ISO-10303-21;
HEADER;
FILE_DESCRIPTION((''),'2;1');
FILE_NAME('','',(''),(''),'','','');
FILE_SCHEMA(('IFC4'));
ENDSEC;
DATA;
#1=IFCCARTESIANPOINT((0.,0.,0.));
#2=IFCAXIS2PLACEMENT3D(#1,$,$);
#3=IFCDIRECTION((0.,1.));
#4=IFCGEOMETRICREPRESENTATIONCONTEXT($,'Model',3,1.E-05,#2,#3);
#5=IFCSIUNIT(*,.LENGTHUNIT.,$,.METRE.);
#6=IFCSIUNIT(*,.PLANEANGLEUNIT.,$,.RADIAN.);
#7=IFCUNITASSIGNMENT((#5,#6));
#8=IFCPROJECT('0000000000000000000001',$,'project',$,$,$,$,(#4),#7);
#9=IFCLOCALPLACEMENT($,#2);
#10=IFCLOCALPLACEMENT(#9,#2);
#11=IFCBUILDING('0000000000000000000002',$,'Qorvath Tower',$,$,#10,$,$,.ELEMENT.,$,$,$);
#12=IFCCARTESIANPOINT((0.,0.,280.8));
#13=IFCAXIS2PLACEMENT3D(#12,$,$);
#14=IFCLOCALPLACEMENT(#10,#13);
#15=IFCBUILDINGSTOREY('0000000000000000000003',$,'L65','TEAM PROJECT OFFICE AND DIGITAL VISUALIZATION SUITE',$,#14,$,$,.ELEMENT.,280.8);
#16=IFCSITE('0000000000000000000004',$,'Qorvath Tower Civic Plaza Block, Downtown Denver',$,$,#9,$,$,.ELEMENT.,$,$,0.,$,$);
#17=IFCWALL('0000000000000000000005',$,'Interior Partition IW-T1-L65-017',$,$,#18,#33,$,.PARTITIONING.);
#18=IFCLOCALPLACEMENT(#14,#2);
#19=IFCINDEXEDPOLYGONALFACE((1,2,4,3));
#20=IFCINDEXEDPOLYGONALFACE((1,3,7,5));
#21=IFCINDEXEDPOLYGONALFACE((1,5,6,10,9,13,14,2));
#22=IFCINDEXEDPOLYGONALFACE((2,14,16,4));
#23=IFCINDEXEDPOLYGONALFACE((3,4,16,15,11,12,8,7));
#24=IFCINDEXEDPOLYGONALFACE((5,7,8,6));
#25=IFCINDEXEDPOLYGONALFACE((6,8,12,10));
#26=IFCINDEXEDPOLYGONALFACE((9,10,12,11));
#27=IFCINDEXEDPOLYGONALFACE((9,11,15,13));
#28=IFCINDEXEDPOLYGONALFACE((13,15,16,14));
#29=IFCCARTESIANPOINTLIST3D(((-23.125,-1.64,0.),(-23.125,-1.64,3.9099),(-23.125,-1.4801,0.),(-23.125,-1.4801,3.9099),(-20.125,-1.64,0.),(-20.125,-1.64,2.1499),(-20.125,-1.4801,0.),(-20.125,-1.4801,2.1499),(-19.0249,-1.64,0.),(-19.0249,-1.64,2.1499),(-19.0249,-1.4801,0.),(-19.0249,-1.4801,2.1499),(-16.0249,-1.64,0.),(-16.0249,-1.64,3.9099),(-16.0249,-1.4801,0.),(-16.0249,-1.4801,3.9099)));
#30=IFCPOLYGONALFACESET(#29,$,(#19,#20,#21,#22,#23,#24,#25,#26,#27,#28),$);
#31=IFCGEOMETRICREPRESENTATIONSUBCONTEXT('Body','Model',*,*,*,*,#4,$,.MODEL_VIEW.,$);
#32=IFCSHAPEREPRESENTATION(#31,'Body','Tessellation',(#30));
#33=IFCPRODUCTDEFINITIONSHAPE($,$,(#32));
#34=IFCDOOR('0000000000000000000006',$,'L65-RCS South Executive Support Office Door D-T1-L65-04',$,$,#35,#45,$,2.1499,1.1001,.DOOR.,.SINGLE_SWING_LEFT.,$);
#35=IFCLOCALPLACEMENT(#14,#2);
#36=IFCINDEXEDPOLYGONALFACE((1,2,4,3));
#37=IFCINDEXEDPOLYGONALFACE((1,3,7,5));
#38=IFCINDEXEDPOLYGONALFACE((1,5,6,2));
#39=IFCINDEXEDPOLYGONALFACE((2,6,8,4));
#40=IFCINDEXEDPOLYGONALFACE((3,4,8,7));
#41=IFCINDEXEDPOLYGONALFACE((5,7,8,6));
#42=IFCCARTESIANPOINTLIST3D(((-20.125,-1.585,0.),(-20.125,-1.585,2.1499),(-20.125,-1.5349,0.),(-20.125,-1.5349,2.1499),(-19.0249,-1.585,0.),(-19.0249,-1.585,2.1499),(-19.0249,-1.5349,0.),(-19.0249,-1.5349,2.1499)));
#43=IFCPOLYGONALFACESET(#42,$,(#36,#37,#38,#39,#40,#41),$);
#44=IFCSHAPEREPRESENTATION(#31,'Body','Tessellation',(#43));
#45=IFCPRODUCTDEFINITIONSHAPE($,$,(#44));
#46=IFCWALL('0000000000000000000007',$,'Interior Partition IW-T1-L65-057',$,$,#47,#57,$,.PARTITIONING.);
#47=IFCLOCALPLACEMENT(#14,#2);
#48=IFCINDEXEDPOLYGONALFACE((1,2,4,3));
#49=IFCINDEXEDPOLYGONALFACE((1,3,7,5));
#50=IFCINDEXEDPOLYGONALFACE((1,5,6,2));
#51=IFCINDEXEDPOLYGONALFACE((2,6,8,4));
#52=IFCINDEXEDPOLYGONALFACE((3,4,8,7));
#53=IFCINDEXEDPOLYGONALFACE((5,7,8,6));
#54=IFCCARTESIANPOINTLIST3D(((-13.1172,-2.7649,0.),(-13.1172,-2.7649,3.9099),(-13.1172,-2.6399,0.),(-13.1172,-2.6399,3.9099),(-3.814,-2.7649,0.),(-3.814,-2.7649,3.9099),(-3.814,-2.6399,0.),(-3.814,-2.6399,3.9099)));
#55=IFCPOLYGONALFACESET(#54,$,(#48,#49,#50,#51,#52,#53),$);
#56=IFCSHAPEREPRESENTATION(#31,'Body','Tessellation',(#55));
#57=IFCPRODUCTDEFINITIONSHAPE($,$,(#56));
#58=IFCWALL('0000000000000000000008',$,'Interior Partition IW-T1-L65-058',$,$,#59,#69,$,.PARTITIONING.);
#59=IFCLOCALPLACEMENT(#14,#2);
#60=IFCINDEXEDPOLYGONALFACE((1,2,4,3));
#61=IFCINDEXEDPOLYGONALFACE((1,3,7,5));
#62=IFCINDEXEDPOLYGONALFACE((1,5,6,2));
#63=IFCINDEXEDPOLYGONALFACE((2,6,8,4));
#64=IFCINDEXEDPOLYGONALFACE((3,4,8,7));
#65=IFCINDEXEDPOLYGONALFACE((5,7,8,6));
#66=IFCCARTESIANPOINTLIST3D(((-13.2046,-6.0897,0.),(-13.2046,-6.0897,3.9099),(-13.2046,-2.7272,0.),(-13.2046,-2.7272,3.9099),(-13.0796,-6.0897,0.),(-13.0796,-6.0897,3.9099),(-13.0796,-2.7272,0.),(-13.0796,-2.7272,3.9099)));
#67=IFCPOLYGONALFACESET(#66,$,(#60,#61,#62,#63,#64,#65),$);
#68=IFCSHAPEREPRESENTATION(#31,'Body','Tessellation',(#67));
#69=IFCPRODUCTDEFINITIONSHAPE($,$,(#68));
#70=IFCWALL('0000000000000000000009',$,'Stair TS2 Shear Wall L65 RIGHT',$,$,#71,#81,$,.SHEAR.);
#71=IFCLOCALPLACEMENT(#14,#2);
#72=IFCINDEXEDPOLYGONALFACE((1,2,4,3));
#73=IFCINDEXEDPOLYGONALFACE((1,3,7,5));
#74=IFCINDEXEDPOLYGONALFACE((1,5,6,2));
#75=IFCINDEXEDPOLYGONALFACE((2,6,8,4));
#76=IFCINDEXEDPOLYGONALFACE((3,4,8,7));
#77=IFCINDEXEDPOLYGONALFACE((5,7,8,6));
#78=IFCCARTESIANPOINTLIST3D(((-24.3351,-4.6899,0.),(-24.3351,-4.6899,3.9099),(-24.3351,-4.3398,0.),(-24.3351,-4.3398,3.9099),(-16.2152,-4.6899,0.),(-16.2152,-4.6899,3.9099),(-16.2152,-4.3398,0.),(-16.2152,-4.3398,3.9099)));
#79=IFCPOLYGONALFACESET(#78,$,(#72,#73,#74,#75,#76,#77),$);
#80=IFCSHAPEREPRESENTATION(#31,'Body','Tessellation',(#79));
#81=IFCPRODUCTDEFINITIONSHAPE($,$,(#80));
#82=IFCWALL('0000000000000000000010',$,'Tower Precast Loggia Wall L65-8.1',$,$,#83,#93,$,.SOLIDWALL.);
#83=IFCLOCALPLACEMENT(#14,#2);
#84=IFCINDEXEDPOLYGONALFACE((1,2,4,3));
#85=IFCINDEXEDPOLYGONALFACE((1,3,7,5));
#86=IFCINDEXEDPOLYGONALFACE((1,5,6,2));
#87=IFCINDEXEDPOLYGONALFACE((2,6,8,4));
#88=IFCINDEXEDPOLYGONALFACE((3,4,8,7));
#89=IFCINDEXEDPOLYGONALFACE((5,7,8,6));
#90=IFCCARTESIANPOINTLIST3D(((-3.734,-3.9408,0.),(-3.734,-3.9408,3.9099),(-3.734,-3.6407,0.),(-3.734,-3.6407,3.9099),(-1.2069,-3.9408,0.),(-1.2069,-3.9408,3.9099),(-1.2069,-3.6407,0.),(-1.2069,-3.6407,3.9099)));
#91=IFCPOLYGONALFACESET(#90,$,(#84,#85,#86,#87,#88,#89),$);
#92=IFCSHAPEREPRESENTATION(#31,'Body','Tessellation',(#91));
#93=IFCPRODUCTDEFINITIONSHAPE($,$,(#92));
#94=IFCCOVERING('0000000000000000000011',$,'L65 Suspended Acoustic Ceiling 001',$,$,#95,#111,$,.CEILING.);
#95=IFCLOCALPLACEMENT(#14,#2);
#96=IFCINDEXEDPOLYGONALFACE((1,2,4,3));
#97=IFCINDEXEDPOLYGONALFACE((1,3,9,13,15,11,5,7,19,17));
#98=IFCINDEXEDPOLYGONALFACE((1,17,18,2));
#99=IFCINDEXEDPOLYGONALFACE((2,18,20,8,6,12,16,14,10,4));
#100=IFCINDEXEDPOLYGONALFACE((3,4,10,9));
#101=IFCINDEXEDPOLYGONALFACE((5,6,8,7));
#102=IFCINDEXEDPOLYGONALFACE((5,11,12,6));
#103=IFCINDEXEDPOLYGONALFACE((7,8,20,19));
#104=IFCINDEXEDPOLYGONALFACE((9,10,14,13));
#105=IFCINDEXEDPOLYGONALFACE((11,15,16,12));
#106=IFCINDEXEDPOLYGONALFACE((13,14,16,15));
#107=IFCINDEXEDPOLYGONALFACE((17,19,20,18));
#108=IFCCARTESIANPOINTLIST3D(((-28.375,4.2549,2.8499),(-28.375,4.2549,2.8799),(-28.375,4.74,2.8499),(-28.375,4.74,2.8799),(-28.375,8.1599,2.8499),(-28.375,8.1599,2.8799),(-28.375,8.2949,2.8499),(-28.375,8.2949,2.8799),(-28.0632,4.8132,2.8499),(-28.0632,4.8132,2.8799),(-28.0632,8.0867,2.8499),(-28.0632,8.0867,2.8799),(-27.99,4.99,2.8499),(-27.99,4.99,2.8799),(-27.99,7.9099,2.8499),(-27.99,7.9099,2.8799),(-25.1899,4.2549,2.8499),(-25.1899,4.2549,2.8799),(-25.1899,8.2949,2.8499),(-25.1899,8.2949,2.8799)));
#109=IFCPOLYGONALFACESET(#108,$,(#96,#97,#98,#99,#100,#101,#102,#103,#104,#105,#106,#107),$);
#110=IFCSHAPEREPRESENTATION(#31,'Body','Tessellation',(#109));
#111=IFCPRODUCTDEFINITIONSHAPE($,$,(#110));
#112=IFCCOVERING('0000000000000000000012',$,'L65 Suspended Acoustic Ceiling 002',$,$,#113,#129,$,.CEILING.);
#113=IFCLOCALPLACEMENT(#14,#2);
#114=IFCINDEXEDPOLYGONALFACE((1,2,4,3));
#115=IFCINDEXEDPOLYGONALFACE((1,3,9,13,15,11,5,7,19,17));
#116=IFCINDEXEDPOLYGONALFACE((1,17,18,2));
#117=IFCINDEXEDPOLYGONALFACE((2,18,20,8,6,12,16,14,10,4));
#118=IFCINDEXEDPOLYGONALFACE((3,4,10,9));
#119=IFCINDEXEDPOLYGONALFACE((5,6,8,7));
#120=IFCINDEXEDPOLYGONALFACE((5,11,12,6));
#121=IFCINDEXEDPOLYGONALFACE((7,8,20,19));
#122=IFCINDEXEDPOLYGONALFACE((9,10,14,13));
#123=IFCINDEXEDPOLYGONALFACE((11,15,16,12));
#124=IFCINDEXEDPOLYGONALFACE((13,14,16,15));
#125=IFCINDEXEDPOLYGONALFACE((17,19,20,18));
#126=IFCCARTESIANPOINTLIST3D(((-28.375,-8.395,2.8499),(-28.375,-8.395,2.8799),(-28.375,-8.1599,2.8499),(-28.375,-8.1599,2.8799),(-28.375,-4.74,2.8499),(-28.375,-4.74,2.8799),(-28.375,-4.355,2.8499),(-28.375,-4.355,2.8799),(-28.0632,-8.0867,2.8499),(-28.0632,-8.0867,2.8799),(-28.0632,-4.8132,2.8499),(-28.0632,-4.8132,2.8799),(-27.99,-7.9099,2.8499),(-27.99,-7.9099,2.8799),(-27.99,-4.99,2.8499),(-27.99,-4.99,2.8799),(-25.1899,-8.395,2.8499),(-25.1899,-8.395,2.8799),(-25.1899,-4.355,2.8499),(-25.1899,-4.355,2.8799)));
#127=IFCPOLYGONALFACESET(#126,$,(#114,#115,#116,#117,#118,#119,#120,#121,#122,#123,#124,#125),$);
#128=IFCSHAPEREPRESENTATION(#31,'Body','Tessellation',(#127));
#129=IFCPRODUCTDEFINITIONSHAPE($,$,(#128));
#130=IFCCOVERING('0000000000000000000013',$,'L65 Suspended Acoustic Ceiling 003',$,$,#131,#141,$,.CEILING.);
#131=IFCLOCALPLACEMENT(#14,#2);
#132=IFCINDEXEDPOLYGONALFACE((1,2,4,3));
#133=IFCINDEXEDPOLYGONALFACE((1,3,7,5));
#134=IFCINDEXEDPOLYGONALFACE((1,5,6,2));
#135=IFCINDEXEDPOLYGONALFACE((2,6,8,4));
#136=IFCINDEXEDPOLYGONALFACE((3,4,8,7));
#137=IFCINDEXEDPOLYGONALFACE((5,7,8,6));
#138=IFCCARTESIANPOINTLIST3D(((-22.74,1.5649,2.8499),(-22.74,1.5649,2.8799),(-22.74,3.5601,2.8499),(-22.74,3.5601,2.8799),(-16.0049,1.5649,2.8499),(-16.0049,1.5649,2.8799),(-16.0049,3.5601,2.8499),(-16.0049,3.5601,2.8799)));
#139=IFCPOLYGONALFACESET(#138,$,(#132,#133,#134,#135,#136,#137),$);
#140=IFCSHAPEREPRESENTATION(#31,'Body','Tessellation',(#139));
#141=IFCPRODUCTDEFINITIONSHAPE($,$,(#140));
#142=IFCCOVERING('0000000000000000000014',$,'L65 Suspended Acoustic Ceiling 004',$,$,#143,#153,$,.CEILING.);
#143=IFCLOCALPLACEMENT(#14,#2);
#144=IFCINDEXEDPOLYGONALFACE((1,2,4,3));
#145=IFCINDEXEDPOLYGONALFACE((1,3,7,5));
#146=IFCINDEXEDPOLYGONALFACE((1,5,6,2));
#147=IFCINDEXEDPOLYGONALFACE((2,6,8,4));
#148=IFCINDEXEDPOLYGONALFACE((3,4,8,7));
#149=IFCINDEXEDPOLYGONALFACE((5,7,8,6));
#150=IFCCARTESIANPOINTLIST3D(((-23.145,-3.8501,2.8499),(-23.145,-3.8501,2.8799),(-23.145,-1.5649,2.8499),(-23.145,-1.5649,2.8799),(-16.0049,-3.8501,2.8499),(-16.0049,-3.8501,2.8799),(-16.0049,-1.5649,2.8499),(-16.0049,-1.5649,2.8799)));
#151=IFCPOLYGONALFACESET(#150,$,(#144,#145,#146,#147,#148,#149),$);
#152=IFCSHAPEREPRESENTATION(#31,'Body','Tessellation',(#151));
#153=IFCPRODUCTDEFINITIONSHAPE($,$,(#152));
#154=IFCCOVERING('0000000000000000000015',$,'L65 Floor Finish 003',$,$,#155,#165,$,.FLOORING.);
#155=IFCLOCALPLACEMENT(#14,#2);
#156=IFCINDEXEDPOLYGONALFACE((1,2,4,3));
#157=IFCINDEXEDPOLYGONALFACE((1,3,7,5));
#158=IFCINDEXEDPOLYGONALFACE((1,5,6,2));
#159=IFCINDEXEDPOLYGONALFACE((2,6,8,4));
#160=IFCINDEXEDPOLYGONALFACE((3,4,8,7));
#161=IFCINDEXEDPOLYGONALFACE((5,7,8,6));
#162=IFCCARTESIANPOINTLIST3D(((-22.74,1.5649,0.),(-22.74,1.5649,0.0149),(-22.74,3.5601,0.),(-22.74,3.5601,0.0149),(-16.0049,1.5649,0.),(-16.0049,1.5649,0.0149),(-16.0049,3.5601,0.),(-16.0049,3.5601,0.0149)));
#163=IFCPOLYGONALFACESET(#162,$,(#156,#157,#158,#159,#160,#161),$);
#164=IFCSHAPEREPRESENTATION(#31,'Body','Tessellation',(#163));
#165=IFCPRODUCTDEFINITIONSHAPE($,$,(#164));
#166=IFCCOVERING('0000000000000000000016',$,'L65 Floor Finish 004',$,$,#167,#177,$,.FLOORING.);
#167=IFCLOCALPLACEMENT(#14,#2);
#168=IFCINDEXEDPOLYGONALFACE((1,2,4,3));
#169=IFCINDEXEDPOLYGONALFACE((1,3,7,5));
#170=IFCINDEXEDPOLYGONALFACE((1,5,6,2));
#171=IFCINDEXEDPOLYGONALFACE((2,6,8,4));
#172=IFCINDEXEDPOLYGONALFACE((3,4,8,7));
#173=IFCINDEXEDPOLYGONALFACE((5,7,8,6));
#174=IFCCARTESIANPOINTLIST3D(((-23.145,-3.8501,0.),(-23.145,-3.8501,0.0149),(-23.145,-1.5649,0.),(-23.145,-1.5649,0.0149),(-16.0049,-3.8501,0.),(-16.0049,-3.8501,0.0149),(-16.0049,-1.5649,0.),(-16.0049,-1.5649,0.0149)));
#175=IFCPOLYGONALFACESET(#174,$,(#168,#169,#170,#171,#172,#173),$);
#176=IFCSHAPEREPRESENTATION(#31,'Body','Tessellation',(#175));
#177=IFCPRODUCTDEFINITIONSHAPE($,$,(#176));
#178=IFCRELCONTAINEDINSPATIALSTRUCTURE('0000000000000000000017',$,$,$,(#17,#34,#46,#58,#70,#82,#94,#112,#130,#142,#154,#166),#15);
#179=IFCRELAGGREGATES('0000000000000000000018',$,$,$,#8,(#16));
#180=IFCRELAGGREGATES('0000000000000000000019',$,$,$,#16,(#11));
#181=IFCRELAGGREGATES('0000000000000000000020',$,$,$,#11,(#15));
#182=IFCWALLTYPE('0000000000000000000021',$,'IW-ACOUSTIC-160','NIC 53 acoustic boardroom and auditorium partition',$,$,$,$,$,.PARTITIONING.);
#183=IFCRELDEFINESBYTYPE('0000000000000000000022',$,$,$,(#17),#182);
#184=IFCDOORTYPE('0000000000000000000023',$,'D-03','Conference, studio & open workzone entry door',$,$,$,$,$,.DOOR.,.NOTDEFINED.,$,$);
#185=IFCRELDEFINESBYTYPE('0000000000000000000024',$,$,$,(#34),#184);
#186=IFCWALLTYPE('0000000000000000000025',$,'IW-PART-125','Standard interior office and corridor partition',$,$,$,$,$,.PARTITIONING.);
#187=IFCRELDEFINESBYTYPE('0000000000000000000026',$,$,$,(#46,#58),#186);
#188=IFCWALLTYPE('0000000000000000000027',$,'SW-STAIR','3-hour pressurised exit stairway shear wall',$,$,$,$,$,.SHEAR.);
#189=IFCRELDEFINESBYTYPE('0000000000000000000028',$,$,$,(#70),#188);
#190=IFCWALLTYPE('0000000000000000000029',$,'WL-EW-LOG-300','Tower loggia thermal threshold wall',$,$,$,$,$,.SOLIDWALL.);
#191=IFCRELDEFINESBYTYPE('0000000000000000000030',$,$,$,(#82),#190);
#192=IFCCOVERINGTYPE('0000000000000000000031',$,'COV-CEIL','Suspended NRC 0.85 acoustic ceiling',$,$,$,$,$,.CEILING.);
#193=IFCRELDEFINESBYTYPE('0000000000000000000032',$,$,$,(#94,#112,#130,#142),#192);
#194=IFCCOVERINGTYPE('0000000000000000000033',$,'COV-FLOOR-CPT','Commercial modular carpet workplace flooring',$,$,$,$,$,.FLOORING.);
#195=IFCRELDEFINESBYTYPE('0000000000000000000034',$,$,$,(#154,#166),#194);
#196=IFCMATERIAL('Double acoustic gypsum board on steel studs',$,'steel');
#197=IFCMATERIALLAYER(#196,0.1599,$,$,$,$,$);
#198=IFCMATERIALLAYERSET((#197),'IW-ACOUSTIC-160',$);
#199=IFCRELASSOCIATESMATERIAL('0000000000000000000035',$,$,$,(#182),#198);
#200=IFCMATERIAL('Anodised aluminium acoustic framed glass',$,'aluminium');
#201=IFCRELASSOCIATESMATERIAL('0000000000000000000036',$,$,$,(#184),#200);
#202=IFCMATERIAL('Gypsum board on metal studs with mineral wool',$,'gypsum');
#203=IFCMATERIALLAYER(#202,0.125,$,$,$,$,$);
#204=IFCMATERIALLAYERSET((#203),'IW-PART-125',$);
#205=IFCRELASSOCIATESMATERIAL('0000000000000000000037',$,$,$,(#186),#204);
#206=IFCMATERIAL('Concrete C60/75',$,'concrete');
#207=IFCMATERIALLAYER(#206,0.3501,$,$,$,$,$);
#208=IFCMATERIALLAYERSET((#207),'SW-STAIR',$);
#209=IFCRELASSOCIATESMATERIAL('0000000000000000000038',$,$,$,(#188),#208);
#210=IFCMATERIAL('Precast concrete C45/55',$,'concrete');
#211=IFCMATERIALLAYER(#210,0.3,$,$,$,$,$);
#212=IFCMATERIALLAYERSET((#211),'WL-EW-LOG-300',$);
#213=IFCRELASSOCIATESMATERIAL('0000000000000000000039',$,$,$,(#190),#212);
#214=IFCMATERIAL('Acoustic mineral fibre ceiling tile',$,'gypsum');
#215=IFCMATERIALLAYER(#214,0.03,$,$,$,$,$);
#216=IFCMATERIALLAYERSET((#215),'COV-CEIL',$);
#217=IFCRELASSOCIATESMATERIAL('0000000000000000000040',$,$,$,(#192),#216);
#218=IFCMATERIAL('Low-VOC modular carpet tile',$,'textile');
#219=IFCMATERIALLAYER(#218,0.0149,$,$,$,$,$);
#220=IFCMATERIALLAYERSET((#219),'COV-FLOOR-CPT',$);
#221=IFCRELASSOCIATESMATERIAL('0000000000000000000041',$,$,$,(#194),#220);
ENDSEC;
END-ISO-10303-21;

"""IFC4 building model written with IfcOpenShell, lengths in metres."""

from ifc_helpers import new_model, si_unit, direction, frame, frame_2d, origin, place, context, subcontext, project, spatial, polyline, rectangle, outline, extrude, material, layer, layer_set, type_object, element, fill, save


model = new_model("IFC4")

# Units and contexts
model_context = context("Model", 3, precision=1e-05, world=origin(), true_north=direction((0.0, 1.0)))
body_context = subcontext(model_context, "Body", "Model", "MODEL_VIEW")
ifc_project = project(units=[si_unit("LENGTHUNIT", "METRE"), si_unit("PLANEANGLEUNIT", "RADIAN")], contexts=[model_context])

# Site, building, storey
site_placement = place(None, origin())
site = spatial("IfcSite", under=ifc_project, at=site_placement, Name="Qorvath Tower Civic Plaza Block, Downtown Denver", CompositionType="ELEMENT", RefElevation=0.0)
building_placement = place(site_placement, origin())
building = spatial("IfcBuilding", under=site, at=building_placement, Name="Qorvath Tower", CompositionType="ELEMENT")
storey_placement = place(building_placement, frame((0.0, 0.0, 280.8)))
storey = spatial("IfcBuildingStorey", under=building, at=storey_placement, Name="L65", Description="TEAM PROJECT OFFICE AND DIGITAL VISUALIZATION SUITE", CompositionType="ELEMENT", Elevation=280.8)

# Shared definitions
ifc_material_1 = material(Name="Double acoustic gypsum board on steel studs", Category="steel")
ifc_layer_1 = layer(ifc_material_1, 0.1599)
ifc_layer_set_1 = layer_set([ifc_layer_1], Name="IW-ACOUSTIC-160")
wall_type_1 = type_object("IfcWallType", Name="IW-ACOUSTIC-160", Description="NIC 53 acoustic boardroom and auditorium partition", PredefinedType="PARTITIONING", material=ifc_layer_set_1)

# Wall, opening, door
wall_1_placement = place(storey_placement, frame((-16.0249, -1.5601, 0.0), z_axis=(0.0, 0.0, 1.0), x_axis=(-1.0, 0.0, 0.0)))
wall_1 = element("IfcWall", 1, at=wall_1_placement, inside=storey, type_object=wall_type_1, Name="Interior Partition IW-T1-L65-017", PredefinedType="PARTITIONING", context=body_context, shape_type="SweptSolid", body=[
    extrude(rectangle(XDim=7.1001, YDim=0.1599, at=frame_2d((3.55, 0.0))), origin(), (0.0, 0.0, 1.0), 3.9099),
])
opening_placement = place(wall_1_placement, frame((3.0, 0.0, 0.0)))
opening = element("IfcOpeningElement", 2, at=opening_placement, cuts=wall_1, PredefinedType="OPENING", context=body_context, shape_type="SweptSolid", body=[
    extrude(rectangle(XDim=1.1001, YDim=2.1499, at=frame_2d((0.55, 1.075))), frame((0.0, 0.0898, 0.0), z_axis=(0.0, -1.0, 0.0), x_axis=(1.0, 0.0, 0.0)), (0.0, 0.0, 1.0), 0.1799),
])
ifc_material_2 = material(Name="Anodised aluminium acoustic framed glass", Category="aluminium")
door_type = type_object("IfcDoorType", Name="D-03", Description="Conference, studio & open workzone entry door", OperationType="NOTDEFINED", PredefinedType="DOOR", material=ifc_material_2)
door_placement = place(opening_placement, origin())
door = element("IfcDoor", 3, at=door_placement, inside=storey, type_object=door_type, Name="L65-RCS South Executive Support Office Door D-T1-L65-04", OperationType="SINGLE_SWING_LEFT", OverallHeight=2.1499, OverallWidth=1.1001, PredefinedType="DOOR", context=body_context, shape_type="SweptSolid", body=[
    extrude(rectangle(XDim=1.1001, YDim=2.1499, at=frame_2d((0.55, 1.075))), frame((0.0, 0.0249, 0.0), z_axis=(0.0, -1.0, 0.0), x_axis=(1.0, 0.0, 0.0)), (0.0, 0.0, 1.0), 0.05),
])
fill(opening, door)

# Walls
ifc_material_3 = material(Name="Gypsum board on metal studs with mineral wool", Category="gypsum")
ifc_layer_2 = layer(ifc_material_3, 0.125)
ifc_layer_set_2 = layer_set([ifc_layer_2], Name="IW-PART-125")
wall_type_2 = type_object("IfcWallType", Name="IW-PART-125", Description="Standard interior office and corridor partition", PredefinedType="PARTITIONING", material=ifc_layer_set_2)
wall_2_placement = place(storey_placement, frame((-3.814, -2.7024, 0.0), z_axis=(0.0, 0.0, 1.0), x_axis=(-1.0, 0.0, 0.0)))
element("IfcWall", 4, at=wall_2_placement, inside=storey, type_object=wall_type_2, Name="Interior Partition IW-T1-L65-057", PredefinedType="PARTITIONING", context=body_context, shape_type="SweptSolid", body=[
    extrude(rectangle(XDim=9.3032, YDim=0.125, at=frame_2d((4.6516, 0.0))), origin(), (0.0, 0.0, 1.0), 3.9099),
])
wall_3_placement = place(storey_placement, frame((-13.1421, -2.7273, 0.0), z_axis=(0.0, 0.0, 1.0), x_axis=(0.0, -1.0, 0.0)))
element("IfcWall", 5, at=wall_3_placement, inside=storey, type_object=wall_type_2, Name="Interior Partition IW-T1-L65-058", PredefinedType="PARTITIONING", context=body_context, shape_type="SweptSolid", body=[
    extrude(rectangle(XDim=3.3625, YDim=0.125, at=frame_2d((1.6812, 0.0))), origin(), (0.0, 0.0, 1.0), 3.9099),
])
ifc_material_4 = material(Name="Concrete C60/75", Category="concrete")
ifc_layer_3 = layer(ifc_material_4, 0.3501)
ifc_layer_set_3 = layer_set([ifc_layer_3], Name="SW-STAIR")
wall_type_3 = type_object("IfcWallType", Name="SW-STAIR", Description="3-hour pressurised exit stairway shear wall", PredefinedType="SHEAR", material=ifc_layer_set_3)
wall_4_placement = place(storey_placement, frame((-16.2151, -4.5149, 0.0), z_axis=(0.0, 0.0, 1.0), x_axis=(-1.0, 0.0, 0.0)))
element("IfcWall", 6, at=wall_4_placement, inside=storey, type_object=wall_type_3, Name="Stair TS2 Shear Wall L65 RIGHT", PredefinedType="SHEAR", context=body_context, shape_type="SweptSolid", body=[
    extrude(rectangle(XDim=8.1199, YDim=0.3501, at=frame_2d((4.0601, 0.0))), origin(), (0.0, 0.0, 1.0), 3.9099),
])
ifc_material_5 = material(Name="Precast concrete C45/55", Category="concrete")
ifc_layer_4 = layer(ifc_material_5, 0.3)
ifc_layer_set_4 = layer_set([ifc_layer_4], Name="WL-EW-LOG-300")
wall_type_4 = type_object("IfcWallType", Name="WL-EW-LOG-300", Description="Tower loggia thermal threshold wall", PredefinedType="SOLIDWALL", material=ifc_layer_set_4)
wall_5_placement = place(storey_placement, frame((-1.2068, -3.7908, 0.0), z_axis=(0.0, 0.0, 1.0), x_axis=(-1.0, 0.0, 0.0)))
element("IfcWall", 7, at=wall_5_placement, inside=storey, type_object=wall_type_4, Name="Tower Precast Loggia Wall L65-8.1", PredefinedType="SOLIDWALL", context=body_context, shape_type="SweptSolid", body=[
    extrude(rectangle(XDim=2.5271, YDim=0.3, at=frame_2d((1.2637, 0.0))), origin(), (0.0, 0.0, 1.0), 3.9099),
])

# Coverings
ifc_material_6 = material(Name="Acoustic mineral fibre ceiling tile", Category="gypsum")
ifc_layer_5 = layer(ifc_material_6, 0.03)
ifc_layer_set_5 = layer_set([ifc_layer_5], Name="COV-CEIL")
covering_type_1 = type_object("IfcCoveringType", Name="COV-CEIL", Description="Suspended NRC 0.85 acoustic ceiling", PredefinedType="CEILING", material=ifc_layer_set_5)
covering_1_placement = place(storey_placement, frame((0.0, 0.0, 2.8499)))
element("IfcCovering", 8, at=covering_1_placement, inside=storey, type_object=covering_type_1, Name="L65 Suspended Acoustic Ceiling 001", PredefinedType="CEILING", context=body_context, shape_type="SweptSolid", body=[
    extrude(outline(polyline([(-25.1899, 4.2549), (-25.1899, 8.2949), (-28.375, 8.2949), (-28.375, 8.1599), (-28.0632, 8.0867), (-27.99, 7.9099), (-27.99, 4.99), (-28.0632, 4.8132), (-28.375, 4.74), (-28.375, 4.2549), (-25.1899, 4.2549)])), origin(), (0.0, 0.0, 1.0), 0.03),
])
covering_2_placement = place(storey_placement, frame((0.0, 0.0, 2.8499)))
element("IfcCovering", 9, at=covering_2_placement, inside=storey, type_object=covering_type_1, Name="L65 Suspended Acoustic Ceiling 002", PredefinedType="CEILING", context=body_context, shape_type="SweptSolid", body=[
    extrude(outline(polyline([(-25.1899, -8.395), (-25.1899, -4.355), (-28.375, -4.355), (-28.375, -4.74), (-28.0632, -4.8132), (-27.99, -4.99), (-27.99, -7.9099), (-28.0632, -8.0867), (-28.375, -8.1599), (-28.375, -8.395), (-25.1899, -8.395)])), origin(), (0.0, 0.0, 1.0), 0.03),
])
covering_3_placement = place(storey_placement, frame((0.0, 0.0, 2.8499)))
element("IfcCovering", 10, at=covering_3_placement, inside=storey, type_object=covering_type_1, Name="L65 Suspended Acoustic Ceiling 003", PredefinedType="CEILING", context=body_context, shape_type="SweptSolid", body=[
    extrude(outline(polyline([(-16.0049, 3.5601), (-22.74, 3.5601), (-22.74, 1.5649), (-16.0049, 1.5649), (-16.0049, 3.5601)])), origin(), (0.0, 0.0, 1.0), 0.03),
])
covering_4_placement = place(storey_placement, frame((0.0, 0.0, 2.8499)))
element("IfcCovering", 11, at=covering_4_placement, inside=storey, type_object=covering_type_1, Name="L65 Suspended Acoustic Ceiling 004", PredefinedType="CEILING", context=body_context, shape_type="SweptSolid", body=[
    extrude(outline(polyline([(-23.145, -3.8501), (-16.0049, -3.8501), (-16.0049, -1.5649), (-23.145, -1.5649), (-23.145, -3.8501)])), origin(), (0.0, 0.0, 1.0), 0.03),
])
ifc_material_7 = material(Name="Low-VOC modular carpet tile", Category="textile")
ifc_layer_6 = layer(ifc_material_7, 0.0149)
ifc_layer_set_6 = layer_set([ifc_layer_6], Name="COV-FLOOR-CPT")
covering_type_2 = type_object("IfcCoveringType", Name="COV-FLOOR-CPT", Description="Commercial modular carpet workplace flooring", PredefinedType="FLOORING", material=ifc_layer_set_6)
covering_5_placement = place(storey_placement, origin())
element("IfcCovering", 12, at=covering_5_placement, inside=storey, type_object=covering_type_2, Name="L65 Floor Finish 003", PredefinedType="FLOORING", context=body_context, shape_type="SweptSolid", body=[
    extrude(outline(polyline([(-16.0049, 3.5601), (-22.74, 3.5601), (-22.74, 1.5649), (-16.0049, 1.5649), (-16.0049, 3.5601)])), origin(), (0.0, 0.0, 1.0), 0.0149),
])
covering_6_placement = place(storey_placement, origin())
element("IfcCovering", 13, at=covering_6_placement, inside=storey, type_object=covering_type_2, Name="L65 Floor Finish 004", PredefinedType="FLOORING", context=body_context, shape_type="SweptSolid", body=[
    extrude(outline(polyline([(-23.145, -3.8501), (-16.0049, -3.8501), (-16.0049, -1.5649), (-23.145, -1.5649), (-23.145, -3.8501)])), origin(), (0.0, 0.0, 1.0), 0.0149),
])

save(model, "model.ifc")
